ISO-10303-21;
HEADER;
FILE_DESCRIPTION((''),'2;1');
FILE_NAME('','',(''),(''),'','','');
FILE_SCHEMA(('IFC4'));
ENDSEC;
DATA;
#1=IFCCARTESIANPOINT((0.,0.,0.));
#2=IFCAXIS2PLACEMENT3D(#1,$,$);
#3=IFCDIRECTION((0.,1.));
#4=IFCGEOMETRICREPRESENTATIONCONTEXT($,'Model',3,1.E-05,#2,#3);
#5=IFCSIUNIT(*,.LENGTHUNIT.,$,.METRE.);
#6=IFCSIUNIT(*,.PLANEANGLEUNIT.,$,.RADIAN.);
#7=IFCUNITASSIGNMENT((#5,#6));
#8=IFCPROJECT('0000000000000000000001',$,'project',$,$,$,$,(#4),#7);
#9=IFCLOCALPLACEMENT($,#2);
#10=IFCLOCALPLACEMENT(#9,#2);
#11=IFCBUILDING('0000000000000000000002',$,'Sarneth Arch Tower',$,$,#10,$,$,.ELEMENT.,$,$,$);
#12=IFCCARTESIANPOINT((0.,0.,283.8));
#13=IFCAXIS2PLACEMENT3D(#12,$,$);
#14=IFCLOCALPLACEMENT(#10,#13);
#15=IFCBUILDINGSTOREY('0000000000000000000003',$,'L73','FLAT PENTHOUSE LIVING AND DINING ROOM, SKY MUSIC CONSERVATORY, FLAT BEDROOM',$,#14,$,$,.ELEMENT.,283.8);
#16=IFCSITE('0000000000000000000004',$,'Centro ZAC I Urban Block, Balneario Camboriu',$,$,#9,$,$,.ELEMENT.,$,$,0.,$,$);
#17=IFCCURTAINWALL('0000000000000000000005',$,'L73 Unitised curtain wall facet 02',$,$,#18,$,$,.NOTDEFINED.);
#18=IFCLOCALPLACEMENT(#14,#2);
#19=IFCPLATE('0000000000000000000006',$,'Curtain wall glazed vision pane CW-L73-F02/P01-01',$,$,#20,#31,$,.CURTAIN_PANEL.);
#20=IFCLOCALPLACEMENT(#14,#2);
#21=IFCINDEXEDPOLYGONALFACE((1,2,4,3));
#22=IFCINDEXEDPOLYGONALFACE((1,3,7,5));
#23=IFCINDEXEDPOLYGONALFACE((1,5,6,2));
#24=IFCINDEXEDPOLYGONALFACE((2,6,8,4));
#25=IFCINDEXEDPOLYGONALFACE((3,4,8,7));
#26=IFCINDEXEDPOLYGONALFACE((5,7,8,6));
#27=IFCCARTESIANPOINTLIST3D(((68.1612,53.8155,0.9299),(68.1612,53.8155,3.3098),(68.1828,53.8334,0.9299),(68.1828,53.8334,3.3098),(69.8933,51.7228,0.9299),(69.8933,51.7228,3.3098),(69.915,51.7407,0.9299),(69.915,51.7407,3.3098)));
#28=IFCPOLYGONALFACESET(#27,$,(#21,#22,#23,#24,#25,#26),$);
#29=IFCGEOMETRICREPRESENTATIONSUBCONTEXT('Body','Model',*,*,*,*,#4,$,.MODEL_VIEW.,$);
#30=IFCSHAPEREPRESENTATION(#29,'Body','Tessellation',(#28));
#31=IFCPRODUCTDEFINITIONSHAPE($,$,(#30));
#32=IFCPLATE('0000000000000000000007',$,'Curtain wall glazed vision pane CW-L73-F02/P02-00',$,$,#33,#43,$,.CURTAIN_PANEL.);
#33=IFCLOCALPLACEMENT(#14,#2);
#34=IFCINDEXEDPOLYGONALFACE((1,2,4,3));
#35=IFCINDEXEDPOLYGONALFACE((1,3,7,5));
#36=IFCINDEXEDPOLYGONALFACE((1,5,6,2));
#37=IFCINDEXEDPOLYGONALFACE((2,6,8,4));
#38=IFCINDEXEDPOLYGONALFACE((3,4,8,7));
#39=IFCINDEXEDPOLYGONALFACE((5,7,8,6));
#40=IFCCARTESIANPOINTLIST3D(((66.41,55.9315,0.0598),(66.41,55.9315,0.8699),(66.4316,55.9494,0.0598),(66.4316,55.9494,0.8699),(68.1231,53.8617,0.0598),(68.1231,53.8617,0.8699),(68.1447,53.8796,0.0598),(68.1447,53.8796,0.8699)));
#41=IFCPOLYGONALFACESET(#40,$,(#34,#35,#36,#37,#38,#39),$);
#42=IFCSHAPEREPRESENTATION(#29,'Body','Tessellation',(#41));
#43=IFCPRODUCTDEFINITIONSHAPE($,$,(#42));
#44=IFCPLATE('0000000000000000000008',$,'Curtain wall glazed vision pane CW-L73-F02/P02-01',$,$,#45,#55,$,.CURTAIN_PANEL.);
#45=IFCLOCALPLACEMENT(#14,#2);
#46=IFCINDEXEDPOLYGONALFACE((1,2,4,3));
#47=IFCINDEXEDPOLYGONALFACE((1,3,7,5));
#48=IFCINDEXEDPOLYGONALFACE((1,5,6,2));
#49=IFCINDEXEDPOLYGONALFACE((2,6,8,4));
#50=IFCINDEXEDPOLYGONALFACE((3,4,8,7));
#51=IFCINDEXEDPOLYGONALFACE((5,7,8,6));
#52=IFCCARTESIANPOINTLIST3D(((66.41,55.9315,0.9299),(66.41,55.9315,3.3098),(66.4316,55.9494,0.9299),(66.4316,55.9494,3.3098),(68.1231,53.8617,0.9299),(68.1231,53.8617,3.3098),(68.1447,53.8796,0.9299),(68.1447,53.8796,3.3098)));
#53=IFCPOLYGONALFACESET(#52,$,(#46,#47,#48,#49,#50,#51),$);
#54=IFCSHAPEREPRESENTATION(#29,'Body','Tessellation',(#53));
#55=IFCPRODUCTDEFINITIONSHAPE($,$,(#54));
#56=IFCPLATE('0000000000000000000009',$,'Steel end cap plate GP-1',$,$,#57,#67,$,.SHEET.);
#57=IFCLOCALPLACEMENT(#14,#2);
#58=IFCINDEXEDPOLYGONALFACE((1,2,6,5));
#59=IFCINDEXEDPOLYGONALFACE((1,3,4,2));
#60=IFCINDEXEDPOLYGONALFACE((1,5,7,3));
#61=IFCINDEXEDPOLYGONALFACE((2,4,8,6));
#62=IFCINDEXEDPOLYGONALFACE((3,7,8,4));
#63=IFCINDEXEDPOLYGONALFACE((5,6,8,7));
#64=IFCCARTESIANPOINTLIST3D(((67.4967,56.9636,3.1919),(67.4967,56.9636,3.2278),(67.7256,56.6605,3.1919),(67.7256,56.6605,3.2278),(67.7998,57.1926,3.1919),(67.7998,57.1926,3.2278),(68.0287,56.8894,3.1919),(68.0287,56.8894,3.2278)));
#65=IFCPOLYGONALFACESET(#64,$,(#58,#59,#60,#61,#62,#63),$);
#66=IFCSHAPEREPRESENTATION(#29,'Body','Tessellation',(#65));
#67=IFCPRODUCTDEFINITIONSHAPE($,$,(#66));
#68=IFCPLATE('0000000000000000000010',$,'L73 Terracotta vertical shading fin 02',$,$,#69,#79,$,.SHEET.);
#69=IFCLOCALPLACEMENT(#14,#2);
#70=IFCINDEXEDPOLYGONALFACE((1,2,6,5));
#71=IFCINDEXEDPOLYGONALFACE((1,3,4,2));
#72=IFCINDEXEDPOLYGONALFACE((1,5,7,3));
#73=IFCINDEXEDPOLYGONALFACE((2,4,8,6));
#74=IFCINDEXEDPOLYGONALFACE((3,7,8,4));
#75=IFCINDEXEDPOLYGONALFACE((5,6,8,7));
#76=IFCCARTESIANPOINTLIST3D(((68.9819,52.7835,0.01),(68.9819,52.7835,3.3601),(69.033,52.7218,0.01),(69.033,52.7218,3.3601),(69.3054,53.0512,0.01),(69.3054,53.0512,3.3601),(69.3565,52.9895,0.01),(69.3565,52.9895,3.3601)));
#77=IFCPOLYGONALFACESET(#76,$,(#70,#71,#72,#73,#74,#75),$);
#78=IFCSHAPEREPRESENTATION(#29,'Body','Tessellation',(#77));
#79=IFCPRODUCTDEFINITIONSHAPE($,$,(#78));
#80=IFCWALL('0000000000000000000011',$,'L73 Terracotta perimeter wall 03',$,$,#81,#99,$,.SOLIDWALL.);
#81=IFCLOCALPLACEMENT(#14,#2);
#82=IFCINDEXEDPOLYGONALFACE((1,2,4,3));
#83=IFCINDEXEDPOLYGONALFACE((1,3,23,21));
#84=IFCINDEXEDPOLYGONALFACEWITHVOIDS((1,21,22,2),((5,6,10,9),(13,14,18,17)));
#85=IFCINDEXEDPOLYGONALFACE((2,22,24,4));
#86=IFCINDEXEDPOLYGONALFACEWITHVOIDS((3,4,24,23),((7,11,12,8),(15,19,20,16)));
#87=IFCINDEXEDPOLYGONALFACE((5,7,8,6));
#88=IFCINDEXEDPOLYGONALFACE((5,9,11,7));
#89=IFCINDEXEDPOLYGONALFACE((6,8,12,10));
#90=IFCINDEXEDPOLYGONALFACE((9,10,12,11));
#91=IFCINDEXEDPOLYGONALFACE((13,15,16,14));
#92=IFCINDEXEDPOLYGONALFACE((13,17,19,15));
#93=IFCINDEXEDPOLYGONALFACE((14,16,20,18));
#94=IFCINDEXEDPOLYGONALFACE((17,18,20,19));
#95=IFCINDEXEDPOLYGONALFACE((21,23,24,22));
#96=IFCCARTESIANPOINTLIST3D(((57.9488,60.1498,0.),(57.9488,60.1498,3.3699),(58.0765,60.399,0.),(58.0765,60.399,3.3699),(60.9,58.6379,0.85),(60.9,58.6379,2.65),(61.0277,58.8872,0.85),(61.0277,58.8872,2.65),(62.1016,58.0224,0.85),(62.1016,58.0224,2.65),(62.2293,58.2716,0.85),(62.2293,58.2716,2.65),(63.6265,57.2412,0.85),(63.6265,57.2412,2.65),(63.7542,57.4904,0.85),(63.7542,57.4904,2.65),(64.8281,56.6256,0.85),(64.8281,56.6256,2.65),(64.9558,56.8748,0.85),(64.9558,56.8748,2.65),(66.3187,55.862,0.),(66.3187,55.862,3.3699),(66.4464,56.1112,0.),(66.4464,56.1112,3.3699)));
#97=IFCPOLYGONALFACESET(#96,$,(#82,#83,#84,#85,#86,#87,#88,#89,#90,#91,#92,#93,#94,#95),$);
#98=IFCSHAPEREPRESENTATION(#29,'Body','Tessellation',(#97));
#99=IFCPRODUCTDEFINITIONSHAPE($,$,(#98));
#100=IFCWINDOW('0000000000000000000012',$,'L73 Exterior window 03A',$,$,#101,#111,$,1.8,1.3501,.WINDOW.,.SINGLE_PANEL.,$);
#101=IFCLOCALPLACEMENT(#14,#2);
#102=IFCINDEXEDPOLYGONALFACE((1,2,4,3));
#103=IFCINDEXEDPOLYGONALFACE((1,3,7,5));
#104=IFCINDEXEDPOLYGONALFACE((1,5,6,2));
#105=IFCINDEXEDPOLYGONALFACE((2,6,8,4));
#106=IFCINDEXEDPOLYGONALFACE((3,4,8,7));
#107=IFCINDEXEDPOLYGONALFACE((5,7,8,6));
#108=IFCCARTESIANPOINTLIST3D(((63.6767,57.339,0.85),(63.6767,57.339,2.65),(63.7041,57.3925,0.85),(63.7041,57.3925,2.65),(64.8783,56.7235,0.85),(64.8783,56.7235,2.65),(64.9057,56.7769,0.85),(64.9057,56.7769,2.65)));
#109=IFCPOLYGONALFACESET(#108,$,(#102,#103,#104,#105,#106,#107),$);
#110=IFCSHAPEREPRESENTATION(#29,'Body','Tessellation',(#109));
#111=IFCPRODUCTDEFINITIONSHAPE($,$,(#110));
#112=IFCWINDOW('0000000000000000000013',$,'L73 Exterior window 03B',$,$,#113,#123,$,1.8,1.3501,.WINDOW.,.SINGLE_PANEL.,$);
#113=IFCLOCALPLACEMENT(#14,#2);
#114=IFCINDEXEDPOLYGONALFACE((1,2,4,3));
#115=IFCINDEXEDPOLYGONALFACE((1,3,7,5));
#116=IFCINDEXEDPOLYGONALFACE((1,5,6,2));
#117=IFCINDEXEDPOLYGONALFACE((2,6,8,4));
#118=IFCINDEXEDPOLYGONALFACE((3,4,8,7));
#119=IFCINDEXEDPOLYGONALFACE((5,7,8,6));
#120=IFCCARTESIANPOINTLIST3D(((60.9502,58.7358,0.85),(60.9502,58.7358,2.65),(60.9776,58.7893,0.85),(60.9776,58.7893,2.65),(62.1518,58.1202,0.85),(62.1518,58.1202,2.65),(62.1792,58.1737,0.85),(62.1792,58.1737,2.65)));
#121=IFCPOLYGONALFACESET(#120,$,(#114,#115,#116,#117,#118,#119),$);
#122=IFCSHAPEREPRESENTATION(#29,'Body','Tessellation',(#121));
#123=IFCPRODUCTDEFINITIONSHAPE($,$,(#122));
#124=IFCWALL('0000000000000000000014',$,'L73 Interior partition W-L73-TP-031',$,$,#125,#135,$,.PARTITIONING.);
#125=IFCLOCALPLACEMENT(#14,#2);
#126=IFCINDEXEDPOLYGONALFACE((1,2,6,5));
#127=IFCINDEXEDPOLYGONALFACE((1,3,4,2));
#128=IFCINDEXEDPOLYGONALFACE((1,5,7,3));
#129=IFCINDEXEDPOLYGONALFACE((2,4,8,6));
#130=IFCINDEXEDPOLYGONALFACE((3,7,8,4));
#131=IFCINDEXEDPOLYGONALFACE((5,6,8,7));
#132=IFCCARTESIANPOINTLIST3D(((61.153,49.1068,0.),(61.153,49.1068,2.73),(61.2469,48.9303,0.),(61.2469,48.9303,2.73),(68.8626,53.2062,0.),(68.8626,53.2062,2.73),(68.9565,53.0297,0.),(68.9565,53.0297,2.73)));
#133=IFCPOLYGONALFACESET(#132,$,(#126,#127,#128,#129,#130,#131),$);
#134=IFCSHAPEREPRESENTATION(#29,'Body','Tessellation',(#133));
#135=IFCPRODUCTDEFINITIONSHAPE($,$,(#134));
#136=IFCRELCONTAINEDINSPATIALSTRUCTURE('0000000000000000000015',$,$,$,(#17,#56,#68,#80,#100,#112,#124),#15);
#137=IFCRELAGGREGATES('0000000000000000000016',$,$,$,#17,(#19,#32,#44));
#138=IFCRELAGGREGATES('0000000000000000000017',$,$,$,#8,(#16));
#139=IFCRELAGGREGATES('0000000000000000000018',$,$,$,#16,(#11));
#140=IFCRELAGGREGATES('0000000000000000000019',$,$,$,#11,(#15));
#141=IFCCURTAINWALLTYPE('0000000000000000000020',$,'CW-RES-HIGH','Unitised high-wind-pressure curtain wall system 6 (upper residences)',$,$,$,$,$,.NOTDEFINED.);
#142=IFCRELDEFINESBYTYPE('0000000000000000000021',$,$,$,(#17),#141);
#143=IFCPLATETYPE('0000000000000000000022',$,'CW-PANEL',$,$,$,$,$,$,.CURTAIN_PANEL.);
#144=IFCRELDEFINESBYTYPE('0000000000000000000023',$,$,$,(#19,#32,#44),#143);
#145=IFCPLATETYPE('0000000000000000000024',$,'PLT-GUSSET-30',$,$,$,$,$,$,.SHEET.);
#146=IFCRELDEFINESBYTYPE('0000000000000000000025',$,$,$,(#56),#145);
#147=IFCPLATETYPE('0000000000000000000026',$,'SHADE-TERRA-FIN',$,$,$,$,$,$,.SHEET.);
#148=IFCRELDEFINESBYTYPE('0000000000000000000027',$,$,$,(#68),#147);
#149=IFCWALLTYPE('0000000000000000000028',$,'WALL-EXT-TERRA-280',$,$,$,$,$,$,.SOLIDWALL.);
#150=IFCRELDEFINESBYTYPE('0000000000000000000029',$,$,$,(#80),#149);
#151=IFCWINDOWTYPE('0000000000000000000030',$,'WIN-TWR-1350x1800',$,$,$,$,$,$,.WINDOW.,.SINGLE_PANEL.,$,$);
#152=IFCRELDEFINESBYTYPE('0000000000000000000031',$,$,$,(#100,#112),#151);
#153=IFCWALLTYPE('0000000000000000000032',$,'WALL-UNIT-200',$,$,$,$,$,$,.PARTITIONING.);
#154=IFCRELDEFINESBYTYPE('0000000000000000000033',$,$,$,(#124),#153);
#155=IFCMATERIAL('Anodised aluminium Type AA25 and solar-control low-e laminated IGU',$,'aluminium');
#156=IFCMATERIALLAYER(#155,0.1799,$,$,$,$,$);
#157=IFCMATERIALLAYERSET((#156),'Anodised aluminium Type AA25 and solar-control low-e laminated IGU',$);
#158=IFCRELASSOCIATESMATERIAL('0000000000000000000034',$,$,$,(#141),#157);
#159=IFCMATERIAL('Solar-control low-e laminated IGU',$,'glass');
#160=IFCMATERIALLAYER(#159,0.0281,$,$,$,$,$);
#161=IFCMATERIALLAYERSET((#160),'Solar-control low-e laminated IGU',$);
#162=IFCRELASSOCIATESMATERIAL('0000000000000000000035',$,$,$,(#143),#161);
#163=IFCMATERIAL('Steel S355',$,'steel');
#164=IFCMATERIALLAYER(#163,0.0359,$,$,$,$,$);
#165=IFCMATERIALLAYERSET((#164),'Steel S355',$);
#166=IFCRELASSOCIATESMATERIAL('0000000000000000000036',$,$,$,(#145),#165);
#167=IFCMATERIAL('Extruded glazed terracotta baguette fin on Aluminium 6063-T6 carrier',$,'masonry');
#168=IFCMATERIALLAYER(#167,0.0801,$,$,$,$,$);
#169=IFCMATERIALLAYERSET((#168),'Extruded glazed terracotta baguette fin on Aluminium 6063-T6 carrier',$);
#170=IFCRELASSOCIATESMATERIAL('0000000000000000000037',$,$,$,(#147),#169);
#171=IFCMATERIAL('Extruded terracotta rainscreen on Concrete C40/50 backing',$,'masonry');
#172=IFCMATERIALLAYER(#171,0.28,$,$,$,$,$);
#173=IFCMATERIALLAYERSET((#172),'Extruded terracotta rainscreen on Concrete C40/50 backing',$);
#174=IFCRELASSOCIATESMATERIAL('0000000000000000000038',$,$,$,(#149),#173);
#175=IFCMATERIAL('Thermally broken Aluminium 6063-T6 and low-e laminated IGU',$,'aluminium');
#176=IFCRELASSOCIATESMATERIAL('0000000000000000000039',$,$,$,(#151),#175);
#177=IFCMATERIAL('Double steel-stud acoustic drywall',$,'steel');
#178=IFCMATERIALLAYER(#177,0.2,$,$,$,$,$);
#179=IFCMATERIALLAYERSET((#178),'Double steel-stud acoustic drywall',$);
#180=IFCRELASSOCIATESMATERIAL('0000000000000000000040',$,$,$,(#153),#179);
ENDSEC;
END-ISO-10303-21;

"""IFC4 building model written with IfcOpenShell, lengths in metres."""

from ifc_helpers import new_model, si_unit, direction, frame, frame_2d, origin, origin_2d, place, context, subcontext, project, spatial, rectangle, extrude, material, layer, layer_set, type_object, element, fill, aggregate, save


model = new_model("IFC4")

# Units and contexts
model_context = context("Model", 3, precision=1e-05, world=origin(), true_north=direction((0.0, 1.0)))
body_context = subcontext(model_context, "Body", "Model", "MODEL_VIEW")
ifc_project = project(units=[si_unit("LENGTHUNIT", "METRE"), si_unit("PLANEANGLEUNIT", "RADIAN")], contexts=[model_context])

# Site, building, storey
site_placement = place(None, origin())
site = spatial("IfcSite", under=ifc_project, at=site_placement, Name="Centro ZAC I Urban Block, Balneario Camboriu", CompositionType="ELEMENT", RefElevation=0.0)
building_placement = place(site_placement, origin())
building = spatial("IfcBuilding", under=site, at=building_placement, Name="Sarneth Arch Tower", CompositionType="ELEMENT")
storey_placement = place(building_placement, frame((0.0, 0.0, 283.8)))
storey = spatial("IfcBuildingStorey", under=building, at=storey_placement, Name="L73", Description="FLAT PENTHOUSE LIVING AND DINING ROOM, SKY MUSIC CONSERVATORY, FLAT BEDROOM", CompositionType="ELEMENT", Elevation=283.8)

# Curtain wall
ifc_material_1 = material(Name="Anodised aluminium Type AA25 and solar-control low-e laminated IGU", Category="aluminium")
ifc_layer_1 = layer(ifc_material_1, 0.1799)
ifc_layer_set_1 = layer_set([ifc_layer_1], Name="Anodised aluminium Type AA25 and solar-control low-e laminated IGU")
curtain_wall_type = type_object("IfcCurtainWallType", Name="CW-RES-HIGH", Description="Unitised high-wind-pressure curtain wall system 6 (upper residences)", PredefinedType="NOTDEFINED", material=ifc_layer_set_1)
curtain_wall_placement = place(storey_placement, origin())
curtain_wall = element("IfcCurtainWall", 1, at=curtain_wall_placement, inside=storey, type_object=curtain_wall_type, Name="L73 Unitised curtain wall facet 02", PredefinedType="NOTDEFINED")

# Plates
ifc_material_2 = material(Name="Solar-control low-e laminated IGU", Category="glass")
ifc_layer_2 = layer(ifc_material_2, 0.0281)
ifc_layer_set_2 = layer_set([ifc_layer_2], Name="Solar-control low-e laminated IGU")
plate_type_1 = type_object("IfcPlateType", Name="CW-PANEL", PredefinedType="CURTAIN_PANEL", material=ifc_layer_set_2)
plate_1_placement = place(storey_placement, frame((69.0381, 52.7781, 0.9299), z_axis=(0.0, 0.0, 1.0), x_axis=(-0.63761, 0.770359, 0.0)))
plate_1 = element("IfcPlate", 2, at=plate_1_placement, type_object=plate_type_1, Name="Curtain wall glazed vision pane CW-L73-F02/P01-01", PredefinedType="CURTAIN_PANEL", context=body_context, shape_type="SweptSolid", body=[
    extrude(rectangle(XDim=2.7166, YDim=0.0281, at=origin_2d()), origin(), (0.0, 0.0, 1.0), 2.3799),
])
plate_2_placement = place(storey_placement, frame((67.2773, 54.9055, 0.0598), z_axis=(0.0, 0.0, 1.0), x_axis=(-0.63761, 0.770359, 0.0)))
plate_2 = element("IfcPlate", 3, at=plate_2_placement, type_object=plate_type_1, Name="Curtain wall glazed vision pane CW-L73-F02/P02-00", PredefinedType="CURTAIN_PANEL", context=body_context, shape_type="SweptSolid", body=[
    extrude(rectangle(XDim=2.6868, YDim=0.0281, at=origin_2d()), origin(), (0.0, 0.0, 1.0), 0.8101),
])
plate_3_placement = place(storey_placement, frame((67.2773, 54.9055, 0.9299), z_axis=(0.0, 0.0, 1.0), x_axis=(-0.63761, 0.770359, 0.0)))
plate_3 = element("IfcPlate", 4, at=plate_3_placement, type_object=plate_type_1, Name="Curtain wall glazed vision pane CW-L73-F02/P02-01", PredefinedType="CURTAIN_PANEL", context=body_context, shape_type="SweptSolid", body=[
    extrude(rectangle(XDim=2.6868, YDim=0.0281, at=origin_2d()), origin(), (0.0, 0.0, 1.0), 2.3799),
])
aggregate(curtain_wall, [plate_1, plate_2, plate_3])

# Plates
ifc_material_3 = material(Name="Steel S355", Category="steel")
ifc_layer_3 = layer(ifc_material_3, 0.0359)
ifc_layer_set_3 = layer_set([ifc_layer_3], Name="Steel S355")
plate_type_2 = type_object("IfcPlateType", Name="PLT-GUSSET-30", PredefinedType="SHEET", material=ifc_layer_set_3)
plate_4_placement = place(storey_placement, frame((67.7627, 56.9265, 3.1919), z_axis=(0.0, 0.0, 1.0), x_axis=(0.798005, 0.602651, 0.0)))
element("IfcPlate", 5, at=plate_4_placement, inside=storey, type_object=plate_type_2, Name="Steel end cap plate GP-1", PredefinedType="SHEET", context=body_context, shape_type="SweptSolid", body=[
    extrude(rectangle(XDim=0.3799, YDim=0.3799, at=origin_2d()), origin(), (0.0, 0.0, 1.0), 0.0359),
])
ifc_material_4 = material(Name="Extruded glazed terracotta baguette fin on Aluminium 6063-T6 carrier", Category="masonry")
ifc_layer_4 = layer(ifc_material_4, 0.0801)
ifc_layer_set_4 = layer_set([ifc_layer_4], Name="Extruded glazed terracotta baguette fin on Aluminium 6063-T6 carrier")
plate_type_3 = type_object("IfcPlateType", Name="SHADE-TERRA-FIN", PredefinedType="SHEET", material=ifc_layer_set_4)
plate_5_placement = place(storey_placement, frame((69.1692, 52.8865, 0.01), z_axis=(0.0, 0.0, 1.0), x_axis=(0.770402, 0.637558, 0.0)))
element("IfcPlate", 6, at=plate_5_placement, inside=storey, type_object=plate_type_3, Name="L73 Terracotta vertical shading fin 02", PredefinedType="SHEET", context=body_context, shape_type="SweptSolid", body=[
    extrude(rectangle(XDim=0.4199, YDim=0.0801, at=origin_2d()), origin(), (0.0, 0.0, 1.0), 3.3501),
])

# Wall, openings, windows
ifc_material_5 = material(Name="Extruded terracotta rainscreen on Concrete C40/50 backing", Category="masonry")
ifc_layer_5 = layer(ifc_material_5, 0.28)
ifc_layer_set_5 = layer_set([ifc_layer_5], Name="Extruded terracotta rainscreen on Concrete C40/50 backing")
wall_type_1 = type_object("IfcWallType", Name="WALL-EXT-TERRA-280", PredefinedType="SOLIDWALL", material=ifc_layer_set_5)
wall_1_placement = place(storey_placement, frame((66.3826, 55.9866, 0.0), z_axis=(0.0, 0.0, 1.0), x_axis=(-0.890007, 0.455946, 0.0)))
wall_1 = element("IfcWall", 7, at=wall_1_placement, inside=storey, type_object=wall_type_1, Name="L73 Terracotta perimeter wall 03", PredefinedType="SOLIDWALL", context=body_context, shape_type="SweptSolid", body=[
    extrude(rectangle(XDim=9.4043, YDim=0.28, at=frame_2d((4.7021, 0.0))), origin(), (0.0, 0.0, 1.0), 3.3699),
])
opening_1_placement = place(wall_1_placement, frame((1.6748, 0.0, 0.8501)))
opening_1 = element("IfcOpeningElement", 8, at=opening_1_placement, cuts=wall_1, PredefinedType="OPENING", context=body_context, shape_type="SweptSolid", body=[
    extrude(rectangle(XDim=1.3501, YDim=1.8, at=frame_2d((0.675, 0.8999))), frame((0.0, 0.1499, 0.0), z_axis=(0.0, -1.0, 0.0), x_axis=(1.0, 0.0, 0.0)), (0.0, 0.0, 1.0), 0.3),
])
opening_2_placement = place(wall_1_placement, frame((4.7383, 0.0, 0.8501)))
opening_2 = element("IfcOpeningElement", 9, at=opening_2_placement, cuts=wall_1, PredefinedType="OPENING", context=body_context, shape_type="SweptSolid", body=[
    extrude(rectangle(XDim=1.3501, YDim=1.8, at=frame_2d((0.675, 0.8999))), frame((0.0, 0.1499, 0.0), z_axis=(0.0, -1.0, 0.0), x_axis=(1.0, 0.0, 0.0)), (0.0, 0.0, 1.0), 0.3),
])
ifc_material_6 = material(Name="Thermally broken Aluminium 6063-T6 and low-e laminated IGU", Category="aluminium")
window_type = type_object("IfcWindowType", Name="WIN-TWR-1350x1800", PartitioningType="SINGLE_PANEL", PredefinedType="WINDOW", material=ifc_material_6)
window_1_placement = place(opening_1_placement, origin())
window_1 = element("IfcWindow", 10, at=window_1_placement, inside=storey, type_object=window_type, Name="L73 Exterior window 03A", OverallHeight=1.8, OverallWidth=1.3501, PartitioningType="SINGLE_PANEL", PredefinedType="WINDOW", context=body_context, shape_type="SweptSolid", body=[
    extrude(rectangle(XDim=1.3501, YDim=1.8, at=frame_2d((0.675, 0.8999))), frame((0.0, 0.03, 0.0), z_axis=(0.0, -1.0, 0.0), x_axis=(1.0, 0.0, 0.0)), (0.0, 0.0, 1.0), 0.0601),
])
fill(opening_1, window_1)
window_2_placement = place(opening_2_placement, origin())
window_2 = element("IfcWindow", 11, at=window_2_placement, inside=storey, type_object=window_type, Name="L73 Exterior window 03B", OverallHeight=1.8, OverallWidth=1.3501, PartitioningType="SINGLE_PANEL", PredefinedType="WINDOW", context=body_context, shape_type="SweptSolid", body=[
    extrude(rectangle(XDim=1.3501, YDim=1.8, at=frame_2d((0.675, 0.8999))), frame((0.0, 0.03, 0.0), z_axis=(0.0, -1.0, 0.0), x_axis=(1.0, 0.0, 0.0)), (0.0, 0.0, 1.0), 0.0601),
])
fill(opening_2, window_2)

# Wall
ifc_material_7 = material(Name="Double steel-stud acoustic drywall", Category="steel")
ifc_layer_6 = layer(ifc_material_7, 0.2)
ifc_layer_set_6 = layer_set([ifc_layer_6], Name="Double steel-stud acoustic drywall")
wall_type_2 = type_object("IfcWallType", Name="WALL-UNIT-200", PredefinedType="PARTITIONING", material=ifc_layer_set_6)
wall_2_placement = place(storey_placement, frame((68.9094, 53.1179, 0.0), z_axis=(0.0, 0.0, 1.0), x_axis=(-0.88294, -0.469486, 0.0)))
element("IfcWall", 12, at=wall_2_placement, inside=storey, type_object=wall_type_2, Name="L73 Interior partition W-L73-TP-031", PredefinedType="PARTITIONING", context=body_context, shape_type="SweptSolid", body=[
    extrude(rectangle(XDim=8.7317, YDim=0.2, at=frame_2d((4.3657, 0.0))), origin(), (0.0, 0.0, 1.0), 2.73),
])

save(model, "model.ifc")
